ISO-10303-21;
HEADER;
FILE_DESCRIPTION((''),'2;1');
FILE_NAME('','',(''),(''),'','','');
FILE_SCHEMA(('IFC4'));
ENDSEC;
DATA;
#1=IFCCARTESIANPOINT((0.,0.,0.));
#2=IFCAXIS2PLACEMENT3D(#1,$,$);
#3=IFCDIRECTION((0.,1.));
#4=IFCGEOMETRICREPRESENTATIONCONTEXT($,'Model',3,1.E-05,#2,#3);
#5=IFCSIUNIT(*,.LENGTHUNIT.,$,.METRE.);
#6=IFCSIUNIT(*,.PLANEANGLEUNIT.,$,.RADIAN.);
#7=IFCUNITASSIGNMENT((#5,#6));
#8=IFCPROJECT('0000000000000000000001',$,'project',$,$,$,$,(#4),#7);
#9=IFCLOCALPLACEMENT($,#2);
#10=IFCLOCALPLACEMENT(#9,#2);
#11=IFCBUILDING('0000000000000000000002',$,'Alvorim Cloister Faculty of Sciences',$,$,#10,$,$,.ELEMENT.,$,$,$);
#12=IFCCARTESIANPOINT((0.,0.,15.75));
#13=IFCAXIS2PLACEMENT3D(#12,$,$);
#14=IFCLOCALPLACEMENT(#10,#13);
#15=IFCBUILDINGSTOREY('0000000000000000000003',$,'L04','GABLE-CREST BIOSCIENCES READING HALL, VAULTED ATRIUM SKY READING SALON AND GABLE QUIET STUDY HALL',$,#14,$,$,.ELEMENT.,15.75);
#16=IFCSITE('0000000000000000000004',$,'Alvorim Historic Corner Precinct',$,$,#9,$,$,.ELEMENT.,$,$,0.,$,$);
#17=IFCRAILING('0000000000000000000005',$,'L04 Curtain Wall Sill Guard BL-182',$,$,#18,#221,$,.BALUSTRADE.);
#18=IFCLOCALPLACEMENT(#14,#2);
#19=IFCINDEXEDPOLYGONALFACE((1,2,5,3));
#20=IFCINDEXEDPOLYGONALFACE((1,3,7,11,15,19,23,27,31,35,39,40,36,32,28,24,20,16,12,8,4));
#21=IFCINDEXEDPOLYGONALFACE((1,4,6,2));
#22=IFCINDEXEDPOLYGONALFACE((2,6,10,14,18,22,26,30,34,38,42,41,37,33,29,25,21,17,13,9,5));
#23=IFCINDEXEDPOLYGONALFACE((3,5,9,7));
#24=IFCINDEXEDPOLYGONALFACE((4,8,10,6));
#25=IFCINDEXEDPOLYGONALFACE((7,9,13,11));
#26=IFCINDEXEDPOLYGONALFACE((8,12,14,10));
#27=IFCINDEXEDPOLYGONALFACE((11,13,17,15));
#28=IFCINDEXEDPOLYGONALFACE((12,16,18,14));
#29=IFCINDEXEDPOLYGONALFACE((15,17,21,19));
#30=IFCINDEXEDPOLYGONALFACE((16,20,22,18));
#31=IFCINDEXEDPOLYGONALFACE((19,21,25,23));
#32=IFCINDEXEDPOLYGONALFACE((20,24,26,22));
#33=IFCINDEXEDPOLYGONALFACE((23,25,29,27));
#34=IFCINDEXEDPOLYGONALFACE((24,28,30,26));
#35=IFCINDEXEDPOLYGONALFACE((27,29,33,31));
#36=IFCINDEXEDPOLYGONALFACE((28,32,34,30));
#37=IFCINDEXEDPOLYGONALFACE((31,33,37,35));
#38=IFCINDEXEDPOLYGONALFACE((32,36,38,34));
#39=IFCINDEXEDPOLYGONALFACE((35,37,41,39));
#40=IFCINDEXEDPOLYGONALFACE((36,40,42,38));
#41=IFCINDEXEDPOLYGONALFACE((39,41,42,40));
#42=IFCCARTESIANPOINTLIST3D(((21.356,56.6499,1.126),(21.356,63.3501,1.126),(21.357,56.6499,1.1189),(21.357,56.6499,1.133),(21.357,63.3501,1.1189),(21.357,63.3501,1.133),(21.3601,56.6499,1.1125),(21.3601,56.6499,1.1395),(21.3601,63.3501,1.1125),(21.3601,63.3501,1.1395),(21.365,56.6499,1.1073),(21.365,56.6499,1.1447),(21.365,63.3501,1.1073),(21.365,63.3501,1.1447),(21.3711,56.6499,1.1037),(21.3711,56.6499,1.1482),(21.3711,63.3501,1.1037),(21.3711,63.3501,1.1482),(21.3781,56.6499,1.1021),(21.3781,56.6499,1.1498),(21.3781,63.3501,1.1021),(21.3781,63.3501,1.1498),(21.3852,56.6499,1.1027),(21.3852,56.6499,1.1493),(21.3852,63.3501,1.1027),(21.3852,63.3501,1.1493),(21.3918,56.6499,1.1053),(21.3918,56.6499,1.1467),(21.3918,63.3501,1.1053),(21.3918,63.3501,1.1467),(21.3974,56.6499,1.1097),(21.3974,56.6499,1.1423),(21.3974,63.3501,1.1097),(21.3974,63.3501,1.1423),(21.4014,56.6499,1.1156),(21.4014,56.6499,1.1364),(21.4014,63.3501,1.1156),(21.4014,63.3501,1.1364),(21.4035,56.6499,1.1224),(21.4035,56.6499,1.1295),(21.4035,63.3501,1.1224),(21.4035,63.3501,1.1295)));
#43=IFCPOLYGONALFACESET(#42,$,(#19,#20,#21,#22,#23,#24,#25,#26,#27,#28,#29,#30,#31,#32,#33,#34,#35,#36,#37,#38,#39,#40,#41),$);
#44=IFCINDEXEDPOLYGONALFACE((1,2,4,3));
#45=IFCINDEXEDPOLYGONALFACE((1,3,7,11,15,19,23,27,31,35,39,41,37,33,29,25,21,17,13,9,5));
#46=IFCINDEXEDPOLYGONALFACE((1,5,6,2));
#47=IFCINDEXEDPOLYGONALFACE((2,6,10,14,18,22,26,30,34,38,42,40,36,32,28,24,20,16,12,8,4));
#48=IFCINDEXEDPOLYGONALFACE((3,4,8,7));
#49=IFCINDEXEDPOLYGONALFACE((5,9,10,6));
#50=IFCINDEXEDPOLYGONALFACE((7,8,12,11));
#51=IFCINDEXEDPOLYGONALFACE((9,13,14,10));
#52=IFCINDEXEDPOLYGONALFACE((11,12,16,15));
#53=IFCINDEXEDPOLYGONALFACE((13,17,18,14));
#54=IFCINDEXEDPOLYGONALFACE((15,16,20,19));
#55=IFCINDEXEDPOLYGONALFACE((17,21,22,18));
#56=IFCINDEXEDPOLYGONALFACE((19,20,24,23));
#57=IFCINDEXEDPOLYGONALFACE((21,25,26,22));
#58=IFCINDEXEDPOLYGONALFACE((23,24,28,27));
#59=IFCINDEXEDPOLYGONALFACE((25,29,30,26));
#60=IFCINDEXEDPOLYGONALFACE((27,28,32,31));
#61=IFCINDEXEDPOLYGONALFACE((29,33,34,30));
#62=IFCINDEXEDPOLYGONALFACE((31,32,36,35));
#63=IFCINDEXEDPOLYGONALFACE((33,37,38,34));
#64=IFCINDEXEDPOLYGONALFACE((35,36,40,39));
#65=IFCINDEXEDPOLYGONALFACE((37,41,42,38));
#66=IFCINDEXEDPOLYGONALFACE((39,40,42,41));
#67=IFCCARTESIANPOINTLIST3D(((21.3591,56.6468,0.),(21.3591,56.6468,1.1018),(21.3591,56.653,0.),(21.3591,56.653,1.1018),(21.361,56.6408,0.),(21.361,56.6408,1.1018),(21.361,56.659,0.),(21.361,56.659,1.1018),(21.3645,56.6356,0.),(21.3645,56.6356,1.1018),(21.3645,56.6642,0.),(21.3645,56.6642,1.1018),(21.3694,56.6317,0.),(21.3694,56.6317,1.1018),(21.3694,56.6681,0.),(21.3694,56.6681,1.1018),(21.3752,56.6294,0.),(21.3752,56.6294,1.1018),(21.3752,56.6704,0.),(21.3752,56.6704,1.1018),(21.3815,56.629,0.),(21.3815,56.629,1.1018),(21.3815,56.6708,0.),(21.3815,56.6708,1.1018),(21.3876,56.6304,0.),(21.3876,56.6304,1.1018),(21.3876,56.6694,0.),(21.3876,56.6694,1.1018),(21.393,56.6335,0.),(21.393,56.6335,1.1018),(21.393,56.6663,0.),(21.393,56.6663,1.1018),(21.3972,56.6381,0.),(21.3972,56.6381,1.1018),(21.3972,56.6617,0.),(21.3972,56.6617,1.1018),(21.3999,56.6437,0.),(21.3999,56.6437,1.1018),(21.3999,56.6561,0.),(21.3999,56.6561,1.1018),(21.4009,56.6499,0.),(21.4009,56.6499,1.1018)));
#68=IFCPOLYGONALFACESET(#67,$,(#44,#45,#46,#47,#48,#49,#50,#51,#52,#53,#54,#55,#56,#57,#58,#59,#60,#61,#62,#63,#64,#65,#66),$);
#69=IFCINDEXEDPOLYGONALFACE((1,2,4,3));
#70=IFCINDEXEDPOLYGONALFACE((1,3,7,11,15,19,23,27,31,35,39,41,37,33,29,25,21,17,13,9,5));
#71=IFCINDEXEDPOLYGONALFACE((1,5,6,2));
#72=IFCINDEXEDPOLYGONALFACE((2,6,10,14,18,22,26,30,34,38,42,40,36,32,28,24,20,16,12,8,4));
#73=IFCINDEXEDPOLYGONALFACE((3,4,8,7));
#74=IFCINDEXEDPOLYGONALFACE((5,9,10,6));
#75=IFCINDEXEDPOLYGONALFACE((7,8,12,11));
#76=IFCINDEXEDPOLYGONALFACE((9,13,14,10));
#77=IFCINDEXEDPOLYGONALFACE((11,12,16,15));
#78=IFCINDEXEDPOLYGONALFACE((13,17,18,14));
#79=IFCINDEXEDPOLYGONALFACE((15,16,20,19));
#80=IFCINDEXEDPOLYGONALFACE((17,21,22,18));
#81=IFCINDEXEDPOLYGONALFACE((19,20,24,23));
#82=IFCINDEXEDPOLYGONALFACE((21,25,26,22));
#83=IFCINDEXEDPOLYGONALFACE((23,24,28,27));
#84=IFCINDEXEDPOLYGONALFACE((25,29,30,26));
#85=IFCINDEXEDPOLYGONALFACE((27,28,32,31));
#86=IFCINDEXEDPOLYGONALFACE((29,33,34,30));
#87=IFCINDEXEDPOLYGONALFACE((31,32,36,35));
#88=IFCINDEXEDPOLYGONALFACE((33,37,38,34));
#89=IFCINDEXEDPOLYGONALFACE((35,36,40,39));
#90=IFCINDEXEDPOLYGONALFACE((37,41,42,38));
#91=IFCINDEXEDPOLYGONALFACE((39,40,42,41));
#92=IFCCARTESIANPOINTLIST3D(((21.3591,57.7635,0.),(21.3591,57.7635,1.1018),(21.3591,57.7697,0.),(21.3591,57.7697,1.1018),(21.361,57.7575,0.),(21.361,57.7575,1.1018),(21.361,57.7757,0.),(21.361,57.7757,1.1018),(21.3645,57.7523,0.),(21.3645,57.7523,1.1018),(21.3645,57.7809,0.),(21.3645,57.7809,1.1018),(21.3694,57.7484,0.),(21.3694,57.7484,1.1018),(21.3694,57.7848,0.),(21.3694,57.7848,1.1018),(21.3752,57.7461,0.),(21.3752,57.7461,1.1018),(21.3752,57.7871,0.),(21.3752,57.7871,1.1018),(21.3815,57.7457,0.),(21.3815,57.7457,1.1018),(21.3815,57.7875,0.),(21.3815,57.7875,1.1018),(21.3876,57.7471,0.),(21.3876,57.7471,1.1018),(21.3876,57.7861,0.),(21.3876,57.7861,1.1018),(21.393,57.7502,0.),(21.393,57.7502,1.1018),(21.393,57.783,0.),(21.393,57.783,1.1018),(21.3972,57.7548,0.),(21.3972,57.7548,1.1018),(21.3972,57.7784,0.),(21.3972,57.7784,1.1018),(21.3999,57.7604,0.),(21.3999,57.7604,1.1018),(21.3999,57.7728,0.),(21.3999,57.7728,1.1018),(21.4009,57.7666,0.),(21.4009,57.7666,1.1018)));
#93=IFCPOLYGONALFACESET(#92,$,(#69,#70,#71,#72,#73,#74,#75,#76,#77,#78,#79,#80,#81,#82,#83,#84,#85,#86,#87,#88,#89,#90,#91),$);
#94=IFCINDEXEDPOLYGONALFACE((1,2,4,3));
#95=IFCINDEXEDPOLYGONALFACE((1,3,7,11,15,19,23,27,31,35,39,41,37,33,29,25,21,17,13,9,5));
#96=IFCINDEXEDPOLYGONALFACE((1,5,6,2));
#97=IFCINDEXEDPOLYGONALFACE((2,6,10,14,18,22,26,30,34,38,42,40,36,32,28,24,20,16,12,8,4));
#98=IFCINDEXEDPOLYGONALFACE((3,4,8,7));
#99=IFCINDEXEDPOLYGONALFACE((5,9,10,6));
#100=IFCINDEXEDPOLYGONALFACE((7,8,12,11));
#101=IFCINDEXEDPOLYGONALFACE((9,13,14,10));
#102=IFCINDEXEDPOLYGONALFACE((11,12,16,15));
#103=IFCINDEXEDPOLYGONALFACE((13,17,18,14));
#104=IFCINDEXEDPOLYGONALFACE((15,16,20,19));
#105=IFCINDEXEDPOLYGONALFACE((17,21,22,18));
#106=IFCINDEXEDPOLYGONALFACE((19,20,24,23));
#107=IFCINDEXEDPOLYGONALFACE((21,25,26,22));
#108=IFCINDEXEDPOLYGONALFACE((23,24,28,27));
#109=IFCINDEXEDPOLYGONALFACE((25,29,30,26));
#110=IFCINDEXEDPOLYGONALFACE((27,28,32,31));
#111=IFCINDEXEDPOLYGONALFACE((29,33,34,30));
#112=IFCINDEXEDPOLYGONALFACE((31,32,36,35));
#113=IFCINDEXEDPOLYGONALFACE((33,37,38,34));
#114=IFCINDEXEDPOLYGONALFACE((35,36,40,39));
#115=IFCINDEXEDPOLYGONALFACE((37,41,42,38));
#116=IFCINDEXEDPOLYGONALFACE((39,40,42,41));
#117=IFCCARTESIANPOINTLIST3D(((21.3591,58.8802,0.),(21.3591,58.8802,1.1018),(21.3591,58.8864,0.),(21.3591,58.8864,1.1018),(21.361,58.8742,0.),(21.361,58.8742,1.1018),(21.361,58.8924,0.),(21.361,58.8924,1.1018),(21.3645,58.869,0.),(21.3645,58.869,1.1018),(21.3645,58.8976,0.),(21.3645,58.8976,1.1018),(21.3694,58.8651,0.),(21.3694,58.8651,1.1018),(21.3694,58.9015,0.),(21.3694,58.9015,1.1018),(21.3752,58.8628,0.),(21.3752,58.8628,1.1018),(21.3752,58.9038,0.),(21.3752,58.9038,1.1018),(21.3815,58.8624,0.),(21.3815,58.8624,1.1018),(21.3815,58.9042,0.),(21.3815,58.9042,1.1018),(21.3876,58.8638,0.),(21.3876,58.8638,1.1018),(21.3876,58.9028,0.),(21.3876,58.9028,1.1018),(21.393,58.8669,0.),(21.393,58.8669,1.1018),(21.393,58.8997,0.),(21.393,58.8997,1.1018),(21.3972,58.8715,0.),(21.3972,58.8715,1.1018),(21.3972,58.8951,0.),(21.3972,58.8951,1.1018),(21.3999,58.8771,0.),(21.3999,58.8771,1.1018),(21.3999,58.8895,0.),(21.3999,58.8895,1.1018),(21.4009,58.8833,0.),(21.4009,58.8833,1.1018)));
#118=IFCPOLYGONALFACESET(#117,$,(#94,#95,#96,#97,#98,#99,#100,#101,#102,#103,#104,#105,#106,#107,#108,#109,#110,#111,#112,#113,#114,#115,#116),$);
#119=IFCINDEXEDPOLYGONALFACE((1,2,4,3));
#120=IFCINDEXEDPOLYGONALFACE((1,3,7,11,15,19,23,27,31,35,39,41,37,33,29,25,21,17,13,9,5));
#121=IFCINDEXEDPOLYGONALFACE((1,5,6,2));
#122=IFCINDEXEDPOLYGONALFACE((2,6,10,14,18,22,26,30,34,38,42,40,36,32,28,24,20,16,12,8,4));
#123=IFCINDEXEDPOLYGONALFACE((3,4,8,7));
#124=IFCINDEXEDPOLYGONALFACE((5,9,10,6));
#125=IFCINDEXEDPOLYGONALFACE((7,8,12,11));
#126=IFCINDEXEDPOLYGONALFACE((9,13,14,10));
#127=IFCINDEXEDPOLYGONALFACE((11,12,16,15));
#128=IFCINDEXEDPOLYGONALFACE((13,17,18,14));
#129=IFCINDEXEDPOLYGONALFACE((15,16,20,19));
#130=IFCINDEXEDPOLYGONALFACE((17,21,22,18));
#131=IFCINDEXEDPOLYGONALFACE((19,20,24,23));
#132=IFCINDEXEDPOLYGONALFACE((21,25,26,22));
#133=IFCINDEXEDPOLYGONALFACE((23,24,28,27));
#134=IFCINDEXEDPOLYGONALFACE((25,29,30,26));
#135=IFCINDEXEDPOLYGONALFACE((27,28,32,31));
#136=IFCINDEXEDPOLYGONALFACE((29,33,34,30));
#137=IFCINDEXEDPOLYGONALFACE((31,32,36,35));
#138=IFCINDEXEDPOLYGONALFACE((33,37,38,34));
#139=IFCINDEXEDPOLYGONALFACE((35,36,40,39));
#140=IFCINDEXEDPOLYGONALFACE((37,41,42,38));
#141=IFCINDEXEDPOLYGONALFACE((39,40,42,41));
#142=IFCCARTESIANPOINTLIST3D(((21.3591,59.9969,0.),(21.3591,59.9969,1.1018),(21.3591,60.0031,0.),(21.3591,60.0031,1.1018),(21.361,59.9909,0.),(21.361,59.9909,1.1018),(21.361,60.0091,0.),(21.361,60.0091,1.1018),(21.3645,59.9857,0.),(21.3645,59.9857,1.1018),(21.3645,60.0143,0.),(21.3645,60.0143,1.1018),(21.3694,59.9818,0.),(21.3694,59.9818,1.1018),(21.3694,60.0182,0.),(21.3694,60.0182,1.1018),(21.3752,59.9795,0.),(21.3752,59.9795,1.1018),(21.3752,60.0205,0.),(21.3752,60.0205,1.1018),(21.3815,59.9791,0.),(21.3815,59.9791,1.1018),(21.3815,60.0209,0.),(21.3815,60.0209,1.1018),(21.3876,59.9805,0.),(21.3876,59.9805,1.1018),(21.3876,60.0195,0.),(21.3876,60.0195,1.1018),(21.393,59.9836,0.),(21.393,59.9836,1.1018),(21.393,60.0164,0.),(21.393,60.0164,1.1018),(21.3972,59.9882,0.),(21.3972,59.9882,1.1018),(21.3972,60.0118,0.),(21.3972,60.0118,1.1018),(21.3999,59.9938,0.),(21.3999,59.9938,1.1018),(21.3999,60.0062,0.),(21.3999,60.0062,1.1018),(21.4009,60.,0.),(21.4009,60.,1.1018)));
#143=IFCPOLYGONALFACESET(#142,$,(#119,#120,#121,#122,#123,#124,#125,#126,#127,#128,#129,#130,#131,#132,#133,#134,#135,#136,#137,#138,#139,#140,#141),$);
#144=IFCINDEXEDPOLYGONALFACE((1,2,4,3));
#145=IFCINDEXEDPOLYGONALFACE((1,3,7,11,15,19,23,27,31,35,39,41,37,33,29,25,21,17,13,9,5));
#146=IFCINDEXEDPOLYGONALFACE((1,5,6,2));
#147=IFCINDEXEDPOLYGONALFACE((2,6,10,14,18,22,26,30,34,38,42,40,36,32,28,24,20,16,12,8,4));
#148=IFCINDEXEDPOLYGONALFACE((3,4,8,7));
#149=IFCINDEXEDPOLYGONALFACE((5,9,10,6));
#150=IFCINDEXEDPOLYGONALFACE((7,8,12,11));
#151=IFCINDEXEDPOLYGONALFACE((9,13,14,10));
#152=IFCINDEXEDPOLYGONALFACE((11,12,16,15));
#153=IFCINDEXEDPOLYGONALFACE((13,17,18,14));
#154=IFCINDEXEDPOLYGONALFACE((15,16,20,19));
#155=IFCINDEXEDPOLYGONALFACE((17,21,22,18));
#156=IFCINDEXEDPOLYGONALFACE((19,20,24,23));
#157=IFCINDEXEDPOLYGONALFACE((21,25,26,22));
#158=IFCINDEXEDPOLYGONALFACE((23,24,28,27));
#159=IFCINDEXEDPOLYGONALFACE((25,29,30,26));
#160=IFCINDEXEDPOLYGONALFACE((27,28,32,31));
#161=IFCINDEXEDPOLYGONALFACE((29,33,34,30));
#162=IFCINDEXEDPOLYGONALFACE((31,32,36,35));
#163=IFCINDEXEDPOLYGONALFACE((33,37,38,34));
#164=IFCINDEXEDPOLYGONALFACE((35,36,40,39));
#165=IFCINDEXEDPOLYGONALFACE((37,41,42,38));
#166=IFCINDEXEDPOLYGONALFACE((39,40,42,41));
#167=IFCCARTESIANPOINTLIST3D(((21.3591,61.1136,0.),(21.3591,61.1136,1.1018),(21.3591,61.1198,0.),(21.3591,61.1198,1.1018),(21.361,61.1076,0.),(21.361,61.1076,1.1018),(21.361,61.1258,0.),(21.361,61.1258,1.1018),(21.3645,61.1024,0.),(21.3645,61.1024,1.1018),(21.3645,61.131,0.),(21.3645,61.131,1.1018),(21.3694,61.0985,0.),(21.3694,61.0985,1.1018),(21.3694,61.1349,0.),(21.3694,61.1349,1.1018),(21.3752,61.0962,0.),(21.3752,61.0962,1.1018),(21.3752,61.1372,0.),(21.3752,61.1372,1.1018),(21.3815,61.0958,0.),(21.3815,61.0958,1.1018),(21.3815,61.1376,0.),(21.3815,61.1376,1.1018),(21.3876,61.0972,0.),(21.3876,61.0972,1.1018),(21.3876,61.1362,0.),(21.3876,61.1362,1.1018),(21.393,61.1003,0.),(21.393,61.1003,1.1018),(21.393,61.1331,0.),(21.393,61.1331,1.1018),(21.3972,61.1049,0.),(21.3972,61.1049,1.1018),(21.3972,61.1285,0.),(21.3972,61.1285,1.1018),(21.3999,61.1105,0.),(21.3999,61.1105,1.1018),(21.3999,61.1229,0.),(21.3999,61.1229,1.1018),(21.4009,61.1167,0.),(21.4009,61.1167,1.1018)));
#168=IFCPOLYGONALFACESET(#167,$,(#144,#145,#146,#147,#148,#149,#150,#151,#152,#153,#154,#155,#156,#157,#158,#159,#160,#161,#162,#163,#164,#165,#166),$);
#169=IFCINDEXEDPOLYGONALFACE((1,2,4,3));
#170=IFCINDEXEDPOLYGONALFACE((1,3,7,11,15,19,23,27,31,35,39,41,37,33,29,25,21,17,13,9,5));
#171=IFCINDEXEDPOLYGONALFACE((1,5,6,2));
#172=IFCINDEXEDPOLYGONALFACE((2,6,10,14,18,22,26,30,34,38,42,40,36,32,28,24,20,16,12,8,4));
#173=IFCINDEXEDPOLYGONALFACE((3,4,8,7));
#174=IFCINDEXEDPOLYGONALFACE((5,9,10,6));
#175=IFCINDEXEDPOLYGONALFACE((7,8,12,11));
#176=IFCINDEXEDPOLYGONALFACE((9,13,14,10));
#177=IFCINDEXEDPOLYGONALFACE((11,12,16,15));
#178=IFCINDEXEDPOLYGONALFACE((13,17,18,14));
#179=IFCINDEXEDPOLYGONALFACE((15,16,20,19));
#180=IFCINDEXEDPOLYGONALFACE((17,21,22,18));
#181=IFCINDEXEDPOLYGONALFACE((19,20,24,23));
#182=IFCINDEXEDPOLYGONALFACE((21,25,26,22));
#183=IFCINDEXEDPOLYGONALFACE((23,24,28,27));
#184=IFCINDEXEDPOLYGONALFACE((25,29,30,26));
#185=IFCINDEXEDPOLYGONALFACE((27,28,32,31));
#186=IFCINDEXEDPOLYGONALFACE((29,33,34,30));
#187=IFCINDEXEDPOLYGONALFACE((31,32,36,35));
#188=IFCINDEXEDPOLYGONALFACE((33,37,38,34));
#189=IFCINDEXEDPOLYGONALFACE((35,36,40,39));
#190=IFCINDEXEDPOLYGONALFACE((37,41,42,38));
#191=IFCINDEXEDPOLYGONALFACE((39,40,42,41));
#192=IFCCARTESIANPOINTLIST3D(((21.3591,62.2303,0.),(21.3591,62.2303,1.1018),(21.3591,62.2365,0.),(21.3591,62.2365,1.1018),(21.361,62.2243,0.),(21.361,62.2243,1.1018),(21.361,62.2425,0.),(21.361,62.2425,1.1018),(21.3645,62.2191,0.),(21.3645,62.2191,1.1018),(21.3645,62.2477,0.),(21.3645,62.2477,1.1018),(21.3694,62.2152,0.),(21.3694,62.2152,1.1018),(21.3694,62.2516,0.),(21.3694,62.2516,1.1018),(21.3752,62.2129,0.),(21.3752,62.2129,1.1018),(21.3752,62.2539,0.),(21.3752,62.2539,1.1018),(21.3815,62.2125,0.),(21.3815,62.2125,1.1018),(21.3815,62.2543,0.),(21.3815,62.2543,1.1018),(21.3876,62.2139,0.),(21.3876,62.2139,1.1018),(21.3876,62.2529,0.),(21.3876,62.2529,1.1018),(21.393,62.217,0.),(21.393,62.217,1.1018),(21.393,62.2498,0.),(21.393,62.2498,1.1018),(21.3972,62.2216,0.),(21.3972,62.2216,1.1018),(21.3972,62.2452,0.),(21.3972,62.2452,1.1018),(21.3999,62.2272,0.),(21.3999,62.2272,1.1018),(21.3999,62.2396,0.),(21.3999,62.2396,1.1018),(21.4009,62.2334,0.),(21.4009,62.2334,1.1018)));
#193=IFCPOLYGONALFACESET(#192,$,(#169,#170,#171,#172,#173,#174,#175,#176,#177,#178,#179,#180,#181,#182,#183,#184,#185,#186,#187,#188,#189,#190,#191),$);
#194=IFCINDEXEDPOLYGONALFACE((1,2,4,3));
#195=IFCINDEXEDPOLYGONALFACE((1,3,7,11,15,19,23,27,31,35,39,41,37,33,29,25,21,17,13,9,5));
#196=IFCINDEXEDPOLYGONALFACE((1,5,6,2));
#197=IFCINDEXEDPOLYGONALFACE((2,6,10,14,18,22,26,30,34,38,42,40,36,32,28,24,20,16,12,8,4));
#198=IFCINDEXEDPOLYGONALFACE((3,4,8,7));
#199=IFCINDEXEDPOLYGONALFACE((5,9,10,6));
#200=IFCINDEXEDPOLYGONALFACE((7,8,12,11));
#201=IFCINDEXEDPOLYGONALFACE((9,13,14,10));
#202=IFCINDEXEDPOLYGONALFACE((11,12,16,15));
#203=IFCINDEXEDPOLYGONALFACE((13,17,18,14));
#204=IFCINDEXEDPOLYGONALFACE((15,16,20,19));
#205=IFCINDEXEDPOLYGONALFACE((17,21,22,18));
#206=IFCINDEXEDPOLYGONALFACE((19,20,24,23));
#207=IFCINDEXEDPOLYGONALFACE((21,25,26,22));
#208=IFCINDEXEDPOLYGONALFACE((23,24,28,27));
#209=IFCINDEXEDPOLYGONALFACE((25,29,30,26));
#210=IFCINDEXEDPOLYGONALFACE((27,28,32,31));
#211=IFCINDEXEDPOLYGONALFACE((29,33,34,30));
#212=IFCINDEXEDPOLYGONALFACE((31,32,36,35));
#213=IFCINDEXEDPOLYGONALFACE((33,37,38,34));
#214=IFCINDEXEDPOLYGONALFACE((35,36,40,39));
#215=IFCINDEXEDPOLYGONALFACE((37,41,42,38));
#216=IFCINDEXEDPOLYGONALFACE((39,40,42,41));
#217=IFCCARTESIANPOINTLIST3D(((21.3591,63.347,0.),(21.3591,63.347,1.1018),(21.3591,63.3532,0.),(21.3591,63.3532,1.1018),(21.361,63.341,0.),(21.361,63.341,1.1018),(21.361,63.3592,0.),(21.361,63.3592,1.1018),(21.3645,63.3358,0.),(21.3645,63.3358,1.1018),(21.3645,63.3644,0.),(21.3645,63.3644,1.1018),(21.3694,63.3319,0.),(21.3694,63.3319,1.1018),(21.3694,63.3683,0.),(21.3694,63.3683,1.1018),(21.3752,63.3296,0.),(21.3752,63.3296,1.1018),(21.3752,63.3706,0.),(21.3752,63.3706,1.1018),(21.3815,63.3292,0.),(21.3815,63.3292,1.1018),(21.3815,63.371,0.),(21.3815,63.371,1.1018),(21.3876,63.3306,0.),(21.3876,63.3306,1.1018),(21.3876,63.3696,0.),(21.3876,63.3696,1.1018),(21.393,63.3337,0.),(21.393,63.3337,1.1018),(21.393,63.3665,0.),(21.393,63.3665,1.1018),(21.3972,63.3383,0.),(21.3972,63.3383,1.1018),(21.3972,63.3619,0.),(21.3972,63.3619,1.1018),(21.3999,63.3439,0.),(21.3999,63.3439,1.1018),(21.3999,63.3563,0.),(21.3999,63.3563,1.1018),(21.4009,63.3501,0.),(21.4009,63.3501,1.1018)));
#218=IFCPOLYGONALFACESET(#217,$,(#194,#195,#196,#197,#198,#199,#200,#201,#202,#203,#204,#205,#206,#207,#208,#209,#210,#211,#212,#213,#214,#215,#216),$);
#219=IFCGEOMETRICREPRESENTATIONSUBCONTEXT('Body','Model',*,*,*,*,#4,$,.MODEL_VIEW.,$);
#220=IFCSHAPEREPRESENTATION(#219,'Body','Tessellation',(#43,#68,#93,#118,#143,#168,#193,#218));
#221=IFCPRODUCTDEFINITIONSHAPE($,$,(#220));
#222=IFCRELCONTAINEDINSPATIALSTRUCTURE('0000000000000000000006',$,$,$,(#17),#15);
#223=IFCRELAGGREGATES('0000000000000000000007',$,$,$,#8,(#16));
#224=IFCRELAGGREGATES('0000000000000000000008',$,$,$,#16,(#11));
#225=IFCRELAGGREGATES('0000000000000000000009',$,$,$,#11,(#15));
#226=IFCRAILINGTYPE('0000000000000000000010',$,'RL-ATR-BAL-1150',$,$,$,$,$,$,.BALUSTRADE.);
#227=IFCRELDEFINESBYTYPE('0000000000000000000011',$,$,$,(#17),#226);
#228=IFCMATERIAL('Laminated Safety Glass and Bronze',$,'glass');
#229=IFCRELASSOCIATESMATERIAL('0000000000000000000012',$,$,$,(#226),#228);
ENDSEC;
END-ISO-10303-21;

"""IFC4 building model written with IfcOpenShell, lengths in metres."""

from ifc_helpers import new_model, si_unit, direction, frame, origin, origin_2d, place, context, subcontext, project, spatial, circle, extrude, material, type_object, element, save


model = new_model("IFC4")

# Units and contexts
model_context = context("Model", 3, precision=1e-05, world=origin(), true_north=direction((0.0, 1.0)))
body_context = subcontext(model_context, "Body", "Model", "MODEL_VIEW")
ifc_project = project(units=[si_unit("LENGTHUNIT", "METRE"), si_unit("PLANEANGLEUNIT", "RADIAN")], contexts=[model_context])

# Site, building, storey
site_placement = place(None, origin())
site = spatial("IfcSite", under=ifc_project, at=site_placement, Name="Alvorim Historic Corner Precinct", CompositionType="ELEMENT", RefElevation=0.0)
building_placement = place(site_placement, origin())
building = spatial("IfcBuilding", under=site, at=building_placement, Name="Alvorim Cloister Faculty of Sciences", CompositionType="ELEMENT")
storey_placement = place(building_placement, frame((0.0, 0.0, 15.75)))
storey = spatial("IfcBuildingStorey", under=building, at=storey_placement, Name="L04", Description="GABLE-CREST BIOSCIENCES READING HALL, VAULTED ATRIUM SKY READING SALON AND GABLE QUIET STUDY HALL", CompositionType="ELEMENT", Elevation=15.75)

# Railing
ifc_material_1 = material(Name="Laminated Safety Glass and Bronze", Category="glass")
railing_type_1 = type_object("IfcRailingType", Name="RL-ATR-BAL-1150", PredefinedType="BALUSTRADE", material=ifc_material_1)
railing_1_placement = place(storey_placement, frame((21.3799, 56.6499, 0.0)))
element("IfcRailing", 1, at=railing_1_placement, inside=storey, type_object=railing_type_1, Name="L04 Curtain Wall Sill Guard BL-182", PredefinedType="BALUSTRADE", context=body_context, shape_type="SweptSolid", body=[
    extrude(circle(Radius=0.0239, at=origin_2d()), frame((0.0, 0.0, 1.126), z_axis=(0.0, 1.0, 0.0), x_axis=(-1.0, 0.0, 0.0)), (0.0, 0.0, 1.0), 6.7002),
    extrude(circle(Radius=0.021, at=origin_2d()), origin(), (0.0, 0.0, 1.0), 1.1018),
    extrude(circle(Radius=0.021, at=origin_2d()), frame((0.0, 1.1167, 0.0)), (0.0, 0.0, 1.0), 1.1018),
    extrude(circle(Radius=0.021, at=origin_2d()), frame((0.0, 2.2334, 0.0)), (0.0, 0.0, 1.0), 1.1018),
    extrude(circle(Radius=0.021, at=origin_2d()), frame((0.0, 3.3501, 0.0)), (0.0, 0.0, 1.0), 1.1018),
    extrude(circle(Radius=0.021, at=origin_2d()), frame((0.0, 4.4668, 0.0)), (0.0, 0.0, 1.0), 1.1018),
    extrude(circle(Radius=0.021, at=origin_2d()), frame((0.0, 5.5835, 0.0)), (0.0, 0.0, 1.0), 1.1018),
    extrude(circle(Radius=0.021, at=origin_2d()), frame((0.0, 6.7002, 0.0)), (0.0, 0.0, 1.0), 1.1018),
])

save(model, "model.ifc")
